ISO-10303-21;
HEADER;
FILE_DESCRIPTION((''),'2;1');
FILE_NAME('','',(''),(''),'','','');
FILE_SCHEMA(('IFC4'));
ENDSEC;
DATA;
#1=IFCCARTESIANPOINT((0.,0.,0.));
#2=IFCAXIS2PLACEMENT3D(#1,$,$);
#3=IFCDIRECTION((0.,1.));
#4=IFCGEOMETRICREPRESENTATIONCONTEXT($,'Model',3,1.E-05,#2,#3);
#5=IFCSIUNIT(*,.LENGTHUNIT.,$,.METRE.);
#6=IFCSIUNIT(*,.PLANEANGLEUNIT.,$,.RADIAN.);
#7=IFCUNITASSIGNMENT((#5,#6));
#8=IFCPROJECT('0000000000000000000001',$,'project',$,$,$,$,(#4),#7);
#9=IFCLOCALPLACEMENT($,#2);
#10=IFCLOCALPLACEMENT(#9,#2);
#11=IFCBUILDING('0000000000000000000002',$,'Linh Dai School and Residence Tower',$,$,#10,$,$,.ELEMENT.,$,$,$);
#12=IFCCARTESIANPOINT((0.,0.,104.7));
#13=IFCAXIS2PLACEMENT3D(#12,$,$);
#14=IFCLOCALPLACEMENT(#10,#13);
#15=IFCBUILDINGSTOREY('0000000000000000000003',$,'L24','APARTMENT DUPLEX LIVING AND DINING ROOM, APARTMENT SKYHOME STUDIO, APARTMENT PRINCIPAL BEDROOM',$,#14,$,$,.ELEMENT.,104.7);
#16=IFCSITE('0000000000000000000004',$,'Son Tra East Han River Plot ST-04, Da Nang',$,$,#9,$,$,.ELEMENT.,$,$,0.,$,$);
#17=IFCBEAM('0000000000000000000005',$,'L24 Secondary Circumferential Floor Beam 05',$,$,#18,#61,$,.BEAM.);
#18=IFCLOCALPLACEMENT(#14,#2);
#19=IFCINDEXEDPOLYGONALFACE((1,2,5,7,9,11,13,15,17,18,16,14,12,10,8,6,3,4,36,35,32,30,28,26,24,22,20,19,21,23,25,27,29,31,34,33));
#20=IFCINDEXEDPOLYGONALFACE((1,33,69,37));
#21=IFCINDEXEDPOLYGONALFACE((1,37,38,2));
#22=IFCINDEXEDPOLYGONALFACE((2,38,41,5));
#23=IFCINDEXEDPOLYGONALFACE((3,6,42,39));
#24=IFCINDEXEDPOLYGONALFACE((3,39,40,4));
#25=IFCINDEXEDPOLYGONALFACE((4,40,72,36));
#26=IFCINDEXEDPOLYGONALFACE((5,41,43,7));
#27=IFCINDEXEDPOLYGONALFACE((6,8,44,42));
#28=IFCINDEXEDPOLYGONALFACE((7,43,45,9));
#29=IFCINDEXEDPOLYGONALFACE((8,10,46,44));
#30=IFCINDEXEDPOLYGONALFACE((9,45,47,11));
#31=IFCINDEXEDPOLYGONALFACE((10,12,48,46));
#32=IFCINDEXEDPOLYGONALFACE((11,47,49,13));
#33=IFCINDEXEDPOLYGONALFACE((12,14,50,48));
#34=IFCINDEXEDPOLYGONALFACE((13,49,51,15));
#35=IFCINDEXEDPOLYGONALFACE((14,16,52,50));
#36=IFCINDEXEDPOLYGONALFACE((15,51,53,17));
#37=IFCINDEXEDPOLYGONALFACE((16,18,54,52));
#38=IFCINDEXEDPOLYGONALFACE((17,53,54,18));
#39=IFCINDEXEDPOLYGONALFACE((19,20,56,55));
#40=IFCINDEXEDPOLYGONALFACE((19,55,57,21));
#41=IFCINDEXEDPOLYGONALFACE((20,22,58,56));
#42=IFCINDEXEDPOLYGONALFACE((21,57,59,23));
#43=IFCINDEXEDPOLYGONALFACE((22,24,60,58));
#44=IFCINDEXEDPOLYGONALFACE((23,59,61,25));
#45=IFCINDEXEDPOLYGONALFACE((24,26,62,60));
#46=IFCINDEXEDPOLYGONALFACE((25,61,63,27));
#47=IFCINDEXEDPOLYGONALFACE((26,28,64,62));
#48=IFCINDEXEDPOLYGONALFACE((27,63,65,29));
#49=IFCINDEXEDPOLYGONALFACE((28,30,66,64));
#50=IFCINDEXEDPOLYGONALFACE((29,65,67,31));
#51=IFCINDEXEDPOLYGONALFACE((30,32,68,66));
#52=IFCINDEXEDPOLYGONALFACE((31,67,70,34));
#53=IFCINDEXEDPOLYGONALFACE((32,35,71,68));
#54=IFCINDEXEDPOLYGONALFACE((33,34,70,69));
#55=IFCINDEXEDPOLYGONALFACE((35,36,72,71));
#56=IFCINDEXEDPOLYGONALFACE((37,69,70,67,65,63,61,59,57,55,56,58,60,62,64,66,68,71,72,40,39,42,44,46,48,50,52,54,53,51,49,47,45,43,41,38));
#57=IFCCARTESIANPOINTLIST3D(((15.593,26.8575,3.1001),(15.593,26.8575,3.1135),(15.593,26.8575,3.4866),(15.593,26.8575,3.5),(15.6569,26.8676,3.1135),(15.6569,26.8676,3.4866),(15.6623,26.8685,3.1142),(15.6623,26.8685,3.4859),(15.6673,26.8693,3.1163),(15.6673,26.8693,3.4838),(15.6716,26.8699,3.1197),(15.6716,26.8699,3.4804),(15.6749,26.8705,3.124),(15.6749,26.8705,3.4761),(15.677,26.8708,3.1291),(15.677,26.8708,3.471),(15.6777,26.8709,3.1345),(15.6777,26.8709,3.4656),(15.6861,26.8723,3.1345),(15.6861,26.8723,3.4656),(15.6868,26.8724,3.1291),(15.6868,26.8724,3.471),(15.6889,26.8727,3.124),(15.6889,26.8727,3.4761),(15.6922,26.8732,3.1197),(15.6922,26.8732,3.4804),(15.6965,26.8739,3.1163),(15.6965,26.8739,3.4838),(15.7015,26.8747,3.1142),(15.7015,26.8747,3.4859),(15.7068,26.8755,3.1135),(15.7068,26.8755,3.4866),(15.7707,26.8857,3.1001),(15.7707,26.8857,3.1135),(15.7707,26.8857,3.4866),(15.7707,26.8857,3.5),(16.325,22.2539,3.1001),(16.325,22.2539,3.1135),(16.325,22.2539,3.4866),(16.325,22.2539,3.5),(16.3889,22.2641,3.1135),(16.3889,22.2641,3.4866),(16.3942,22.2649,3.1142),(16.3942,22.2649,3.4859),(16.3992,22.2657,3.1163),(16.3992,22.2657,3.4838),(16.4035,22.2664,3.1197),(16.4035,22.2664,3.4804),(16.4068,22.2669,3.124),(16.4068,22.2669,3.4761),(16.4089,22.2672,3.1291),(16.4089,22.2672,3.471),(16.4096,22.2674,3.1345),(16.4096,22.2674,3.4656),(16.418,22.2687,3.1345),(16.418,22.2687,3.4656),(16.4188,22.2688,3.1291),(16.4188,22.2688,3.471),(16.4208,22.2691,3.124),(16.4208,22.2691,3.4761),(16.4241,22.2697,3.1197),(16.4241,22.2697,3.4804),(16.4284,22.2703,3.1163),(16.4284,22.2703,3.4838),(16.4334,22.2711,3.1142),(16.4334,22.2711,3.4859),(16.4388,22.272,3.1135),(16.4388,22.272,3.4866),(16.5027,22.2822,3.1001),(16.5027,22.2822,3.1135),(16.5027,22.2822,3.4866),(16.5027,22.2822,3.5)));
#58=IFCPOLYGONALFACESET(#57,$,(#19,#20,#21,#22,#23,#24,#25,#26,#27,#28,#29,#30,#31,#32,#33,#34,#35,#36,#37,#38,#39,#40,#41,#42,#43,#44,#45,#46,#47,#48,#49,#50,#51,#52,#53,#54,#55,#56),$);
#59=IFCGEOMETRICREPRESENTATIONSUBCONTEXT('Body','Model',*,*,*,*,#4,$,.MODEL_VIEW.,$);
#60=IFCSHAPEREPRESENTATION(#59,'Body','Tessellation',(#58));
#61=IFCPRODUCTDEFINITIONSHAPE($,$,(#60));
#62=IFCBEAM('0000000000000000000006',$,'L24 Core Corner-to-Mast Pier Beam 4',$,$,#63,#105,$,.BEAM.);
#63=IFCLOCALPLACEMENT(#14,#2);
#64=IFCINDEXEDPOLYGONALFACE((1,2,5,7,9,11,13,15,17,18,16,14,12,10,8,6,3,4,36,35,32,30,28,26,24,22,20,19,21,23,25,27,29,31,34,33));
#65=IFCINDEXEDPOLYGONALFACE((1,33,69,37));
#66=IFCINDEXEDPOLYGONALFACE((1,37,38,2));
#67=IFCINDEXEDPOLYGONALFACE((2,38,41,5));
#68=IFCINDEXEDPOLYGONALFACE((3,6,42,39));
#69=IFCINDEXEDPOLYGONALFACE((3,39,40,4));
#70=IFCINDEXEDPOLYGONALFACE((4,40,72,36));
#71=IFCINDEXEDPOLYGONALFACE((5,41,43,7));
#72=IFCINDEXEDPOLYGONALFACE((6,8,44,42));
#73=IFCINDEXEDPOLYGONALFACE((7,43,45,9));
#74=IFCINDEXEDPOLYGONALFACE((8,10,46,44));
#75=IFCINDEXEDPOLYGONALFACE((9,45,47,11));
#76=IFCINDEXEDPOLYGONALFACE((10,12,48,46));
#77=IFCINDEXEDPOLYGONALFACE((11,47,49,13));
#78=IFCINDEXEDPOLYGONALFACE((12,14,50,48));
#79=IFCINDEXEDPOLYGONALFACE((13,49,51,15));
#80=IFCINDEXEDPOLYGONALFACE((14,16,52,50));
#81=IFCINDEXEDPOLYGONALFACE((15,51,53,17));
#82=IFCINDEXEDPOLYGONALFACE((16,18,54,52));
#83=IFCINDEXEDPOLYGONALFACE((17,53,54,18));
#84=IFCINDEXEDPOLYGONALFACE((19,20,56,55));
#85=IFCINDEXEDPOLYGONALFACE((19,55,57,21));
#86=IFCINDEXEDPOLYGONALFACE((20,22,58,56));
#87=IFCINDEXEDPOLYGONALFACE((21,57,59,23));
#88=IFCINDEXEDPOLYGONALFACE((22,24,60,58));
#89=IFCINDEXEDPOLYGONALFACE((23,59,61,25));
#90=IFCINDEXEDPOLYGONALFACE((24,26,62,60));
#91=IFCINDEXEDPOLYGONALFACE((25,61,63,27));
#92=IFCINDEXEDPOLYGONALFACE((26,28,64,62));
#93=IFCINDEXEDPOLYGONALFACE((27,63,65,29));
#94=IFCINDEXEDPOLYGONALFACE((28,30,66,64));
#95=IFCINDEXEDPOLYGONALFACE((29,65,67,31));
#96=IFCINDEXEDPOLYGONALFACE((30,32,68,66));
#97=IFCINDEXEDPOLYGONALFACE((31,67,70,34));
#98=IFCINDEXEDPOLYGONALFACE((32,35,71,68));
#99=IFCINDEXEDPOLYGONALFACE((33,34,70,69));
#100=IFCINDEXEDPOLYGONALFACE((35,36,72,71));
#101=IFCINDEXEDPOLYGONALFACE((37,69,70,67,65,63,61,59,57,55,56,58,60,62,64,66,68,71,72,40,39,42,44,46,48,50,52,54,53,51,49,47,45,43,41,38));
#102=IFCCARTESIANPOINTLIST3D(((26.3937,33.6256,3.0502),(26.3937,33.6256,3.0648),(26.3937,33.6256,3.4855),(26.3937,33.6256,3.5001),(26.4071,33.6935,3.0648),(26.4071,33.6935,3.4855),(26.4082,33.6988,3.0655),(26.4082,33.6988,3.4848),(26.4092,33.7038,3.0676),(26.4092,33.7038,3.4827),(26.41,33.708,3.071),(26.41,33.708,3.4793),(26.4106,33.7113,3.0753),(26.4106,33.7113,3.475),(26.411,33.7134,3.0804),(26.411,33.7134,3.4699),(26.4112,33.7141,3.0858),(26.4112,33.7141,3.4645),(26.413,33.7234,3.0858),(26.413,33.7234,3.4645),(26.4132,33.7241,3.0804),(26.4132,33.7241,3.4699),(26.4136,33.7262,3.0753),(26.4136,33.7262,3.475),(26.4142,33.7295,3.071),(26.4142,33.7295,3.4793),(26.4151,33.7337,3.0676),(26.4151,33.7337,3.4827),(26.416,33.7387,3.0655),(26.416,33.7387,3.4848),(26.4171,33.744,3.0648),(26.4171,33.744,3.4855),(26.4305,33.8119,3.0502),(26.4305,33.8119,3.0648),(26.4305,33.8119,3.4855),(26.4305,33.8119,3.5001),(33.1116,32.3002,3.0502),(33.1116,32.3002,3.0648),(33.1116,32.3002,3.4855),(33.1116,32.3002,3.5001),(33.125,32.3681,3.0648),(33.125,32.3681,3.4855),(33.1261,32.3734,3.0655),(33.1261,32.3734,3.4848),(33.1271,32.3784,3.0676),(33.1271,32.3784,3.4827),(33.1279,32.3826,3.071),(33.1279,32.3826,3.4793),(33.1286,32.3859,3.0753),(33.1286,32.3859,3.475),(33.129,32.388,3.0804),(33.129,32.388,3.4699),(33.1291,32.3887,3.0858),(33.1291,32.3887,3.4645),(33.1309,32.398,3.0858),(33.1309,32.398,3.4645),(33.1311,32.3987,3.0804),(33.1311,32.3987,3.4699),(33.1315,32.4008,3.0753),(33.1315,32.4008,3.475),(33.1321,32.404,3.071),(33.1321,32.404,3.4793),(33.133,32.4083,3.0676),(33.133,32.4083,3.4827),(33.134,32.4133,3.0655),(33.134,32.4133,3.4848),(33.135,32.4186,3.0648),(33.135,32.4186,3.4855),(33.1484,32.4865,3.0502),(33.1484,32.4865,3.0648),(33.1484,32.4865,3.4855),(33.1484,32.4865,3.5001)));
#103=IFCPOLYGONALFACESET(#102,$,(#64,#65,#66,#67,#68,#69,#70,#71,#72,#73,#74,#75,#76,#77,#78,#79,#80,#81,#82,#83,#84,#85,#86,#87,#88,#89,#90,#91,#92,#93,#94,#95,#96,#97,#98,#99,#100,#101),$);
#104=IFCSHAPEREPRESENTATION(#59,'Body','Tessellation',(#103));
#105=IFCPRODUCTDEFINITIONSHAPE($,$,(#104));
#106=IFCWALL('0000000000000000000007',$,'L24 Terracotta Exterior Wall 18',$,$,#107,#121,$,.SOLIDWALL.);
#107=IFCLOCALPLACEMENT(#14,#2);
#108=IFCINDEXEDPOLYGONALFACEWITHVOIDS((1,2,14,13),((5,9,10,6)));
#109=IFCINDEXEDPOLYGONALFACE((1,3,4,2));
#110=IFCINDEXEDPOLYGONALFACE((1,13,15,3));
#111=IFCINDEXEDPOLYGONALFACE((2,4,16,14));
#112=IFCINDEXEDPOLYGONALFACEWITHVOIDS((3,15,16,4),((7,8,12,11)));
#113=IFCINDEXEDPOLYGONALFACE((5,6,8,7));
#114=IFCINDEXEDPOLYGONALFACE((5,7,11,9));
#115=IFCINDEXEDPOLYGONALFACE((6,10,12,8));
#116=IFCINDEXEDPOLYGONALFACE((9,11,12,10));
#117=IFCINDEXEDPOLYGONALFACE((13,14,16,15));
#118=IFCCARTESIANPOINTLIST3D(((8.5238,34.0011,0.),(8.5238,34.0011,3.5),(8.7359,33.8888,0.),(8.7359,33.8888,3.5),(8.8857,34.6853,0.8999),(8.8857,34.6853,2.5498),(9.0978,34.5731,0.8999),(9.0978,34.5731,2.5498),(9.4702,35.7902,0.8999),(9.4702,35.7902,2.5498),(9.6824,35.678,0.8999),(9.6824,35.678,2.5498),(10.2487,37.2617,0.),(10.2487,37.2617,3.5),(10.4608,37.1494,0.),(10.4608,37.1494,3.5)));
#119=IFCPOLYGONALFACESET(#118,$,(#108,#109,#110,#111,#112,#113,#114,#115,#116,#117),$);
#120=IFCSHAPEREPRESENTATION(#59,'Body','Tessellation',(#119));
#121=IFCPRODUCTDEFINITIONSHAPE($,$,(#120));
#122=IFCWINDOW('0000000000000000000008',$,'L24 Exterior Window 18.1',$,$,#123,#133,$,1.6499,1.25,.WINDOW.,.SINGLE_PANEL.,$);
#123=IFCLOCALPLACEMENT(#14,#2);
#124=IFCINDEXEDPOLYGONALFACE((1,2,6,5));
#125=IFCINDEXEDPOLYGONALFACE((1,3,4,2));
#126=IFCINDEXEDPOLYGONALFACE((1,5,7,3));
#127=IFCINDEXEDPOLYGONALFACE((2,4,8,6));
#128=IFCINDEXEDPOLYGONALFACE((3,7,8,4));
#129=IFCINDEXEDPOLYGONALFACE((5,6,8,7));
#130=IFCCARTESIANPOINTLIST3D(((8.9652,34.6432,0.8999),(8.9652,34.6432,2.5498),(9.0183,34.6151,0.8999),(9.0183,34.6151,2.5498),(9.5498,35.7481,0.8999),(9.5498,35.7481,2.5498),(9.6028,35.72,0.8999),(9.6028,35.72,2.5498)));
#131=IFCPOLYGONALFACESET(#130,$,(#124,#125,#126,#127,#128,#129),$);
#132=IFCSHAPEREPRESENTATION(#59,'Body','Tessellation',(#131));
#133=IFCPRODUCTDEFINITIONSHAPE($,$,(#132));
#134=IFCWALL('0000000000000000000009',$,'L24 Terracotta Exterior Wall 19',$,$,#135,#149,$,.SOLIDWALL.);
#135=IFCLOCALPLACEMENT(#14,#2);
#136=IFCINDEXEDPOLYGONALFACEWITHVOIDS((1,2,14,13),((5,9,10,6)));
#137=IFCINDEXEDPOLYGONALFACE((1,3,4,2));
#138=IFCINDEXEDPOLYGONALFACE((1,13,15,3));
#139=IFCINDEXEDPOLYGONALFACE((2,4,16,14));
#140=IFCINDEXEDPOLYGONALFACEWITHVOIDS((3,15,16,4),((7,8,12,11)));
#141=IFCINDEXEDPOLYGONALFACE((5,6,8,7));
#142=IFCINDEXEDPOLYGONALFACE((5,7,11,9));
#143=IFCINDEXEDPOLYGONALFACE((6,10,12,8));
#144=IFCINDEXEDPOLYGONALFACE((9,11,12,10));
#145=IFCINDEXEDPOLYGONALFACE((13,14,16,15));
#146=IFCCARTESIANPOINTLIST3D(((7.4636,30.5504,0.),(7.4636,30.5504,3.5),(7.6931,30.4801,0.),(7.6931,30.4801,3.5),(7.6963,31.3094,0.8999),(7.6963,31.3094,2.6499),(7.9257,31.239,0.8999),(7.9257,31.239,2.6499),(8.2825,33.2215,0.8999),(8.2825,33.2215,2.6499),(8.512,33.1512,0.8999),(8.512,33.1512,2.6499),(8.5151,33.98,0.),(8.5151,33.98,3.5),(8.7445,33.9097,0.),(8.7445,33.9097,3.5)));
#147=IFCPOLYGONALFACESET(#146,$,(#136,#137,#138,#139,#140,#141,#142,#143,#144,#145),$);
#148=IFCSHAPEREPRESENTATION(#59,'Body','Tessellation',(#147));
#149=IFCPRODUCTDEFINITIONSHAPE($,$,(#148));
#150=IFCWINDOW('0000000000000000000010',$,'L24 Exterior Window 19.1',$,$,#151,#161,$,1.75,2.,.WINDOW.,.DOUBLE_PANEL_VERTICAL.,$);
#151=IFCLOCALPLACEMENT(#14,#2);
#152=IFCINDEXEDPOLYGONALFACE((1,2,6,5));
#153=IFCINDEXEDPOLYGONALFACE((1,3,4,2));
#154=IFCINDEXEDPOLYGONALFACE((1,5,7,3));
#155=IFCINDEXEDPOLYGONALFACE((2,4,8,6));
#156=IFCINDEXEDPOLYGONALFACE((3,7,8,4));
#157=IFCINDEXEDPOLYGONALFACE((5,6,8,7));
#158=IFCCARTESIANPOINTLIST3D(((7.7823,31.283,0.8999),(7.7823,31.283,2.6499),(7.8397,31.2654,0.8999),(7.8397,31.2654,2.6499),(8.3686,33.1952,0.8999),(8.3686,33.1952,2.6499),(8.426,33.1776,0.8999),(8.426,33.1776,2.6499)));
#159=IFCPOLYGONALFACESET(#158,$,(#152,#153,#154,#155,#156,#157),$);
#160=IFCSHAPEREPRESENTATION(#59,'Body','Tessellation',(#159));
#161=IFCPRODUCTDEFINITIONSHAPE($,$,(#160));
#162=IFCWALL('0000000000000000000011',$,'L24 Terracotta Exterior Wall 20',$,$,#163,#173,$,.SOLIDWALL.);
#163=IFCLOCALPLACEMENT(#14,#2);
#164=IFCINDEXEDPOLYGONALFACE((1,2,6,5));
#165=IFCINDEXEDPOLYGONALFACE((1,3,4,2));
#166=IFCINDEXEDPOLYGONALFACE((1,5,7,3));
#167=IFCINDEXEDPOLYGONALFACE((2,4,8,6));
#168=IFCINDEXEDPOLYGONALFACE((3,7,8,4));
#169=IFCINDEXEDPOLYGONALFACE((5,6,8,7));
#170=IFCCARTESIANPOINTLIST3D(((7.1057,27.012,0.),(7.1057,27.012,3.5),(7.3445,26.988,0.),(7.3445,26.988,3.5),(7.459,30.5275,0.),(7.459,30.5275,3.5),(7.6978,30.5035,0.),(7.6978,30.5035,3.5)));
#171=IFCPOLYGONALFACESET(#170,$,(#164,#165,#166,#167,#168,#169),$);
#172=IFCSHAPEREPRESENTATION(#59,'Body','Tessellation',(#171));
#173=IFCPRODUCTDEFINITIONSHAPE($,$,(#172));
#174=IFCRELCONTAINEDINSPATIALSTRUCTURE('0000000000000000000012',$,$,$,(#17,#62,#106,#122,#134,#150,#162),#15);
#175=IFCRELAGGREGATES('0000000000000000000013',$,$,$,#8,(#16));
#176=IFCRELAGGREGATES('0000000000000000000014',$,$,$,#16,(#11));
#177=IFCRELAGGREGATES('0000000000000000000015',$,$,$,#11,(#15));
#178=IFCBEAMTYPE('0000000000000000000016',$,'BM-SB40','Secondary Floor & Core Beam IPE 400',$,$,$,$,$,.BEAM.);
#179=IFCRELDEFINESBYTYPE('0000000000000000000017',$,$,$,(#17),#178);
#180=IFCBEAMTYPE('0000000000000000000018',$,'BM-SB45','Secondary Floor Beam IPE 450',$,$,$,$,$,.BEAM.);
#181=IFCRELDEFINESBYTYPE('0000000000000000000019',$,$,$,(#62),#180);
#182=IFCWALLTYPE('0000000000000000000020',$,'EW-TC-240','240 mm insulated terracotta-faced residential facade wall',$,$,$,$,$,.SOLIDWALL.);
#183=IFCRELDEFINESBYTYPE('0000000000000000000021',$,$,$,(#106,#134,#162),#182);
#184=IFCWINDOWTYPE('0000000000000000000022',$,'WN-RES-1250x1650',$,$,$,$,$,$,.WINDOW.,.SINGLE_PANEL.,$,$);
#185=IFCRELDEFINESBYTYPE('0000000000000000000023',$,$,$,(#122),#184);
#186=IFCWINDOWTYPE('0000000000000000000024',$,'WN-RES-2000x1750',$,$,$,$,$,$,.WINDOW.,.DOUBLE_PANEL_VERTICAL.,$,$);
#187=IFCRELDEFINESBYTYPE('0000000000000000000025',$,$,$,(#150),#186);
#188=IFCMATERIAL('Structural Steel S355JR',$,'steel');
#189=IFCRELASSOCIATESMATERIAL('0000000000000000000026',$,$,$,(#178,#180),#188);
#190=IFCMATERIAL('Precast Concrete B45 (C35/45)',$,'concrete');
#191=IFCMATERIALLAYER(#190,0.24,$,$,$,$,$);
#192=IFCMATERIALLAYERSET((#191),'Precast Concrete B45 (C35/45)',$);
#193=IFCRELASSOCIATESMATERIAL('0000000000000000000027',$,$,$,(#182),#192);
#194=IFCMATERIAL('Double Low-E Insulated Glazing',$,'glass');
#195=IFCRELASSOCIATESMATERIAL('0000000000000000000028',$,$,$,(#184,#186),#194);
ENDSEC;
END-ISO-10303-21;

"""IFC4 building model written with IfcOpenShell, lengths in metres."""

from ifc_helpers import new_model, si_unit, direction, frame, frame_2d, origin, origin_2d, place, context, subcontext, project, spatial, rectangle, i_section, extrude, source, transform, mapped, material, layer, layer_set, material_profile, profile_set, type_object, element, fill, save


model = new_model("IFC4")

# Units and contexts
model_context = context("Model", 3, precision=1e-05, world=origin(), true_north=direction((0.0, 1.0)))
body_context = subcontext(model_context, "Body", "Model", "MODEL_VIEW")
ifc_project = project(units=[si_unit("LENGTHUNIT", "METRE"), si_unit("PLANEANGLEUNIT", "RADIAN")], contexts=[model_context])

# Site, building, storey
site_placement = place(None, origin())
site = spatial("IfcSite", under=ifc_project, at=site_placement, Name="Son Tra East Han River Plot ST-04, Da Nang", CompositionType="ELEMENT", RefElevation=0.0)
building_placement = place(site_placement, origin())
building = spatial("IfcBuilding", under=site, at=building_placement, Name="Linh Dai School and Residence Tower", CompositionType="ELEMENT")
storey_placement = place(building_placement, frame((0.0, 0.0, 104.7)))
storey = spatial("IfcBuildingStorey", under=building, at=storey_placement, Name="L24", Description="APARTMENT DUPLEX LIVING AND DINING ROOM, APARTMENT SKYHOME STUDIO, APARTMENT PRINCIPAL BEDROOM", CompositionType="ELEMENT", Elevation=104.7)

# Shared definitions
ifc_material_1 = material(Name="Structural Steel S355JR", Category="steel")

# Beams
ifc_material_profile_1 = material_profile(ifc_material_1, i_section(OverallWidth=0.1799, OverallDepth=0.3999, WebThickness=0.0085, FlangeThickness=0.0134, FilletRadius=0.021, at=origin_2d()), Name="IPE 400")
ifc_profile_set_1 = profile_set([ifc_material_profile_1], Name="Structural Steel S355JR")
beam_type_1 = type_object("IfcBeamType", Name="BM-SB40", Description="Secondary Floor & Core Beam IPE 400", PredefinedType="BEAM", material=ifc_profile_set_1)
beam_1_placement = place(storey_placement, frame((15.6819, 26.8716, 3.3), z_axis=(0.157022, -0.987595, 0.0), x_axis=(0.987595, 0.157022, 0.0)))
element("IfcBeam", 1, at=beam_1_placement, inside=storey, type_object=beam_type_1, Name="L24 Secondary Circumferential Floor Beam 05", PredefinedType="BEAM", context=body_context, shape_type="SweptSolid", body=[
    extrude(i_section(OverallWidth=0.1799, OverallDepth=0.3999, WebThickness=0.0085, FlangeThickness=0.0134, FilletRadius=0.021, at=origin_2d()), origin(), (0.0, 0.0, 1.0), 4.6614),
])
ifc_material_profile_2 = material_profile(ifc_material_1, i_section(OverallWidth=0.1899, OverallDepth=0.45, WebThickness=0.0095, FlangeThickness=0.0146, FilletRadius=0.021, at=origin_2d()), Name="IPE 450")
ifc_profile_set_2 = profile_set([ifc_material_profile_2], Name="Structural Steel S355JR")
beam_type_2 = type_object("IfcBeamType", Name="BM-SB45", Description="Secondary Floor Beam IPE 450", PredefinedType="BEAM", material=ifc_profile_set_2)
beam_2_placement = place(storey_placement, frame((26.4121, 33.7188, 3.2751), z_axis=(0.981087, -0.193565, 0.0), x_axis=(0.193565, 0.981087, 0.0)))
element("IfcBeam", 2, at=beam_2_placement, inside=storey, type_object=beam_type_2, Name="L24 Core Corner-to-Mast Pier Beam 4", PredefinedType="BEAM", context=body_context, shape_type="SweptSolid", body=[
    extrude(i_section(OverallWidth=0.1899, OverallDepth=0.45, WebThickness=0.0095, FlangeThickness=0.0146, FilletRadius=0.021, at=origin_2d()), origin(), (0.0, 0.0, 1.0), 6.8474),
])

# Walls, openings, windows
ifc_material_2 = material(Name="Precast Concrete B45 (C35/45)", Category="concrete")
ifc_layer_1 = layer(ifc_material_2, 0.24)
ifc_layer_set_1 = layer_set([ifc_layer_1], Name="Precast Concrete B45 (C35/45)")
wall_type_1 = type_object("IfcWallType", Name="EW-TC-240", Description="240 mm insulated terracotta-faced residential facade wall", PredefinedType="SOLIDWALL", material=ifc_layer_set_1)
wall_1_placement = place(storey_placement, frame((8.6299, 33.9451, 0.0), z_axis=(0.0, 0.0, 1.0), x_axis=(0.467614, 0.883933, 0.0)))
wall_1 = element("IfcWall", 3, at=wall_1_placement, inside=storey, type_object=wall_type_1, Name="L24 Terracotta Exterior Wall 18", PredefinedType="SOLIDWALL", context=body_context, shape_type="SweptSolid", body=[
    extrude(rectangle(XDim=3.6887, YDim=0.24, at=frame_2d((1.8442, 0.0))), origin(), (0.0, 0.0, 1.0), 3.5),
])
opening_1_placement = place(wall_1_placement, frame((0.7739, 0.0, 0.8999)))
opening_1 = element("IfcOpeningElement", 4, at=opening_1_placement, cuts=wall_1, PredefinedType="OPENING", context=body_context, shape_type="SweptSolid", body=[
    extrude(rectangle(XDim=1.25, YDim=1.6499, at=origin_2d()), frame((0.625, 0.1299, 0.825), z_axis=(0.0, -1.0, 0.0), x_axis=(1.0, 0.0, 0.0)), (0.0, 0.0, 1.0), 0.26),
])
ifc_material_3 = material(Name="Double Low-E Insulated Glazing", Category="glass")
window_type_1 = type_object("IfcWindowType", Name="WN-RES-1250x1650", PartitioningType="SINGLE_PANEL", PredefinedType="WINDOW", material=ifc_material_3)
shared_shape_1 = source(origin(), body_context, "Body", "SweptSolid", [
    extrude(rectangle(XDim=1.25, YDim=1.6499, at=origin_2d()), frame((0.625, 0.03, 0.825), z_axis=(0.0, -1.0, 0.0), x_axis=(1.0, 0.0, 0.0)), (0.0, 0.0, 1.0), 0.0601),
])
window_1_placement = place(opening_1_placement, origin())
window_1 = element("IfcWindow", 5, at=window_1_placement, inside=storey, type_object=window_type_1, Name="L24 Exterior Window 18.1", OverallHeight=1.6499, OverallWidth=1.25, PartitioningType="SINGLE_PANEL", PredefinedType="WINDOW", context=body_context, shape_type="MappedRepresentation", body=[
    mapped(shared_shape_1, transform((0.0, 0.0, 0.0), x_axis=(1.0, 0.0, 0.0), y_axis=(0.0, 1.0, 0.0), z_axis=(0.0, 0.0, 1.0), scale=1.0)),
])
fill(opening_1, window_1)
wall_2_placement = place(storey_placement, frame((7.5784, 30.5154, 0.0), z_axis=(0.0, 0.0, 1.0), x_axis=(0.293124, 0.956074, 0.0)))
wall_2 = element("IfcWall", 6, at=wall_2_placement, inside=storey, type_object=wall_type_1, Name="L24 Terracotta Exterior Wall 19", PredefinedType="SOLIDWALL", context=body_context, shape_type="SweptSolid", body=[
    extrude(rectangle(XDim=3.5872, YDim=0.24, at=frame_2d((1.7935, 0.0))), origin(), (0.0, 0.0, 1.0), 3.5),
])
opening_2_placement = place(wall_2_placement, frame((0.7937, 0.0, 0.8999)))
opening_2 = element("IfcOpeningElement", 7, at=opening_2_placement, cuts=wall_2, PredefinedType="OPENING", context=body_context, shape_type="SweptSolid", body=[
    extrude(rectangle(XDim=2.0, YDim=1.75, at=origin_2d()), frame((1.0, 0.1299, 0.875), z_axis=(0.0, -1.0, 0.0), x_axis=(1.0, 0.0, 0.0)), (0.0, 0.0, 1.0), 0.26),
])
window_type_2 = type_object("IfcWindowType", Name="WN-RES-2000x1750", PartitioningType="DOUBLE_PANEL_VERTICAL", PredefinedType="WINDOW", material=ifc_material_3)
shared_shape_2 = source(origin(), body_context, "Body", "SweptSolid", [
    extrude(rectangle(XDim=2.0, YDim=1.75, at=origin_2d()), frame((1.0, 0.03, 0.875), z_axis=(0.0, -1.0, 0.0), x_axis=(1.0, 0.0, 0.0)), (0.0, 0.0, 1.0), 0.0601),
])
window_2_placement = place(opening_2_placement, origin())
window_2 = element("IfcWindow", 8, at=window_2_placement, inside=storey, type_object=window_type_2, Name="L24 Exterior Window 19.1", OverallHeight=1.75, OverallWidth=2.0, PartitioningType="DOUBLE_PANEL_VERTICAL", PredefinedType="WINDOW", context=body_context, shape_type="MappedRepresentation", body=[
    mapped(shared_shape_2, transform((0.0, 0.0, 0.0), x_axis=(1.0, 0.0, 0.0), y_axis=(0.0, 1.0, 0.0), z_axis=(0.0, 0.0, 1.0), scale=1.0)),
])
fill(opening_2, window_2)

# Wall
wall_3_placement = place(storey_placement, frame((7.2251, 27.0, 0.0), z_axis=(0.0, 0.0, 1.0), x_axis=(0.099989, 0.994988, 0.0)))
element("IfcWall", 9, at=wall_3_placement, inside=storey, type_object=wall_type_1, Name="L24 Terracotta Exterior Wall 20", PredefinedType="SOLIDWALL", context=body_context, shape_type="SweptSolid", body=[
    extrude(rectangle(XDim=3.5332, YDim=0.24, at=frame_2d((1.7666, 0.0))), origin(), (0.0, 0.0, 1.0), 3.5),
])

save(model, "model.ifc")
